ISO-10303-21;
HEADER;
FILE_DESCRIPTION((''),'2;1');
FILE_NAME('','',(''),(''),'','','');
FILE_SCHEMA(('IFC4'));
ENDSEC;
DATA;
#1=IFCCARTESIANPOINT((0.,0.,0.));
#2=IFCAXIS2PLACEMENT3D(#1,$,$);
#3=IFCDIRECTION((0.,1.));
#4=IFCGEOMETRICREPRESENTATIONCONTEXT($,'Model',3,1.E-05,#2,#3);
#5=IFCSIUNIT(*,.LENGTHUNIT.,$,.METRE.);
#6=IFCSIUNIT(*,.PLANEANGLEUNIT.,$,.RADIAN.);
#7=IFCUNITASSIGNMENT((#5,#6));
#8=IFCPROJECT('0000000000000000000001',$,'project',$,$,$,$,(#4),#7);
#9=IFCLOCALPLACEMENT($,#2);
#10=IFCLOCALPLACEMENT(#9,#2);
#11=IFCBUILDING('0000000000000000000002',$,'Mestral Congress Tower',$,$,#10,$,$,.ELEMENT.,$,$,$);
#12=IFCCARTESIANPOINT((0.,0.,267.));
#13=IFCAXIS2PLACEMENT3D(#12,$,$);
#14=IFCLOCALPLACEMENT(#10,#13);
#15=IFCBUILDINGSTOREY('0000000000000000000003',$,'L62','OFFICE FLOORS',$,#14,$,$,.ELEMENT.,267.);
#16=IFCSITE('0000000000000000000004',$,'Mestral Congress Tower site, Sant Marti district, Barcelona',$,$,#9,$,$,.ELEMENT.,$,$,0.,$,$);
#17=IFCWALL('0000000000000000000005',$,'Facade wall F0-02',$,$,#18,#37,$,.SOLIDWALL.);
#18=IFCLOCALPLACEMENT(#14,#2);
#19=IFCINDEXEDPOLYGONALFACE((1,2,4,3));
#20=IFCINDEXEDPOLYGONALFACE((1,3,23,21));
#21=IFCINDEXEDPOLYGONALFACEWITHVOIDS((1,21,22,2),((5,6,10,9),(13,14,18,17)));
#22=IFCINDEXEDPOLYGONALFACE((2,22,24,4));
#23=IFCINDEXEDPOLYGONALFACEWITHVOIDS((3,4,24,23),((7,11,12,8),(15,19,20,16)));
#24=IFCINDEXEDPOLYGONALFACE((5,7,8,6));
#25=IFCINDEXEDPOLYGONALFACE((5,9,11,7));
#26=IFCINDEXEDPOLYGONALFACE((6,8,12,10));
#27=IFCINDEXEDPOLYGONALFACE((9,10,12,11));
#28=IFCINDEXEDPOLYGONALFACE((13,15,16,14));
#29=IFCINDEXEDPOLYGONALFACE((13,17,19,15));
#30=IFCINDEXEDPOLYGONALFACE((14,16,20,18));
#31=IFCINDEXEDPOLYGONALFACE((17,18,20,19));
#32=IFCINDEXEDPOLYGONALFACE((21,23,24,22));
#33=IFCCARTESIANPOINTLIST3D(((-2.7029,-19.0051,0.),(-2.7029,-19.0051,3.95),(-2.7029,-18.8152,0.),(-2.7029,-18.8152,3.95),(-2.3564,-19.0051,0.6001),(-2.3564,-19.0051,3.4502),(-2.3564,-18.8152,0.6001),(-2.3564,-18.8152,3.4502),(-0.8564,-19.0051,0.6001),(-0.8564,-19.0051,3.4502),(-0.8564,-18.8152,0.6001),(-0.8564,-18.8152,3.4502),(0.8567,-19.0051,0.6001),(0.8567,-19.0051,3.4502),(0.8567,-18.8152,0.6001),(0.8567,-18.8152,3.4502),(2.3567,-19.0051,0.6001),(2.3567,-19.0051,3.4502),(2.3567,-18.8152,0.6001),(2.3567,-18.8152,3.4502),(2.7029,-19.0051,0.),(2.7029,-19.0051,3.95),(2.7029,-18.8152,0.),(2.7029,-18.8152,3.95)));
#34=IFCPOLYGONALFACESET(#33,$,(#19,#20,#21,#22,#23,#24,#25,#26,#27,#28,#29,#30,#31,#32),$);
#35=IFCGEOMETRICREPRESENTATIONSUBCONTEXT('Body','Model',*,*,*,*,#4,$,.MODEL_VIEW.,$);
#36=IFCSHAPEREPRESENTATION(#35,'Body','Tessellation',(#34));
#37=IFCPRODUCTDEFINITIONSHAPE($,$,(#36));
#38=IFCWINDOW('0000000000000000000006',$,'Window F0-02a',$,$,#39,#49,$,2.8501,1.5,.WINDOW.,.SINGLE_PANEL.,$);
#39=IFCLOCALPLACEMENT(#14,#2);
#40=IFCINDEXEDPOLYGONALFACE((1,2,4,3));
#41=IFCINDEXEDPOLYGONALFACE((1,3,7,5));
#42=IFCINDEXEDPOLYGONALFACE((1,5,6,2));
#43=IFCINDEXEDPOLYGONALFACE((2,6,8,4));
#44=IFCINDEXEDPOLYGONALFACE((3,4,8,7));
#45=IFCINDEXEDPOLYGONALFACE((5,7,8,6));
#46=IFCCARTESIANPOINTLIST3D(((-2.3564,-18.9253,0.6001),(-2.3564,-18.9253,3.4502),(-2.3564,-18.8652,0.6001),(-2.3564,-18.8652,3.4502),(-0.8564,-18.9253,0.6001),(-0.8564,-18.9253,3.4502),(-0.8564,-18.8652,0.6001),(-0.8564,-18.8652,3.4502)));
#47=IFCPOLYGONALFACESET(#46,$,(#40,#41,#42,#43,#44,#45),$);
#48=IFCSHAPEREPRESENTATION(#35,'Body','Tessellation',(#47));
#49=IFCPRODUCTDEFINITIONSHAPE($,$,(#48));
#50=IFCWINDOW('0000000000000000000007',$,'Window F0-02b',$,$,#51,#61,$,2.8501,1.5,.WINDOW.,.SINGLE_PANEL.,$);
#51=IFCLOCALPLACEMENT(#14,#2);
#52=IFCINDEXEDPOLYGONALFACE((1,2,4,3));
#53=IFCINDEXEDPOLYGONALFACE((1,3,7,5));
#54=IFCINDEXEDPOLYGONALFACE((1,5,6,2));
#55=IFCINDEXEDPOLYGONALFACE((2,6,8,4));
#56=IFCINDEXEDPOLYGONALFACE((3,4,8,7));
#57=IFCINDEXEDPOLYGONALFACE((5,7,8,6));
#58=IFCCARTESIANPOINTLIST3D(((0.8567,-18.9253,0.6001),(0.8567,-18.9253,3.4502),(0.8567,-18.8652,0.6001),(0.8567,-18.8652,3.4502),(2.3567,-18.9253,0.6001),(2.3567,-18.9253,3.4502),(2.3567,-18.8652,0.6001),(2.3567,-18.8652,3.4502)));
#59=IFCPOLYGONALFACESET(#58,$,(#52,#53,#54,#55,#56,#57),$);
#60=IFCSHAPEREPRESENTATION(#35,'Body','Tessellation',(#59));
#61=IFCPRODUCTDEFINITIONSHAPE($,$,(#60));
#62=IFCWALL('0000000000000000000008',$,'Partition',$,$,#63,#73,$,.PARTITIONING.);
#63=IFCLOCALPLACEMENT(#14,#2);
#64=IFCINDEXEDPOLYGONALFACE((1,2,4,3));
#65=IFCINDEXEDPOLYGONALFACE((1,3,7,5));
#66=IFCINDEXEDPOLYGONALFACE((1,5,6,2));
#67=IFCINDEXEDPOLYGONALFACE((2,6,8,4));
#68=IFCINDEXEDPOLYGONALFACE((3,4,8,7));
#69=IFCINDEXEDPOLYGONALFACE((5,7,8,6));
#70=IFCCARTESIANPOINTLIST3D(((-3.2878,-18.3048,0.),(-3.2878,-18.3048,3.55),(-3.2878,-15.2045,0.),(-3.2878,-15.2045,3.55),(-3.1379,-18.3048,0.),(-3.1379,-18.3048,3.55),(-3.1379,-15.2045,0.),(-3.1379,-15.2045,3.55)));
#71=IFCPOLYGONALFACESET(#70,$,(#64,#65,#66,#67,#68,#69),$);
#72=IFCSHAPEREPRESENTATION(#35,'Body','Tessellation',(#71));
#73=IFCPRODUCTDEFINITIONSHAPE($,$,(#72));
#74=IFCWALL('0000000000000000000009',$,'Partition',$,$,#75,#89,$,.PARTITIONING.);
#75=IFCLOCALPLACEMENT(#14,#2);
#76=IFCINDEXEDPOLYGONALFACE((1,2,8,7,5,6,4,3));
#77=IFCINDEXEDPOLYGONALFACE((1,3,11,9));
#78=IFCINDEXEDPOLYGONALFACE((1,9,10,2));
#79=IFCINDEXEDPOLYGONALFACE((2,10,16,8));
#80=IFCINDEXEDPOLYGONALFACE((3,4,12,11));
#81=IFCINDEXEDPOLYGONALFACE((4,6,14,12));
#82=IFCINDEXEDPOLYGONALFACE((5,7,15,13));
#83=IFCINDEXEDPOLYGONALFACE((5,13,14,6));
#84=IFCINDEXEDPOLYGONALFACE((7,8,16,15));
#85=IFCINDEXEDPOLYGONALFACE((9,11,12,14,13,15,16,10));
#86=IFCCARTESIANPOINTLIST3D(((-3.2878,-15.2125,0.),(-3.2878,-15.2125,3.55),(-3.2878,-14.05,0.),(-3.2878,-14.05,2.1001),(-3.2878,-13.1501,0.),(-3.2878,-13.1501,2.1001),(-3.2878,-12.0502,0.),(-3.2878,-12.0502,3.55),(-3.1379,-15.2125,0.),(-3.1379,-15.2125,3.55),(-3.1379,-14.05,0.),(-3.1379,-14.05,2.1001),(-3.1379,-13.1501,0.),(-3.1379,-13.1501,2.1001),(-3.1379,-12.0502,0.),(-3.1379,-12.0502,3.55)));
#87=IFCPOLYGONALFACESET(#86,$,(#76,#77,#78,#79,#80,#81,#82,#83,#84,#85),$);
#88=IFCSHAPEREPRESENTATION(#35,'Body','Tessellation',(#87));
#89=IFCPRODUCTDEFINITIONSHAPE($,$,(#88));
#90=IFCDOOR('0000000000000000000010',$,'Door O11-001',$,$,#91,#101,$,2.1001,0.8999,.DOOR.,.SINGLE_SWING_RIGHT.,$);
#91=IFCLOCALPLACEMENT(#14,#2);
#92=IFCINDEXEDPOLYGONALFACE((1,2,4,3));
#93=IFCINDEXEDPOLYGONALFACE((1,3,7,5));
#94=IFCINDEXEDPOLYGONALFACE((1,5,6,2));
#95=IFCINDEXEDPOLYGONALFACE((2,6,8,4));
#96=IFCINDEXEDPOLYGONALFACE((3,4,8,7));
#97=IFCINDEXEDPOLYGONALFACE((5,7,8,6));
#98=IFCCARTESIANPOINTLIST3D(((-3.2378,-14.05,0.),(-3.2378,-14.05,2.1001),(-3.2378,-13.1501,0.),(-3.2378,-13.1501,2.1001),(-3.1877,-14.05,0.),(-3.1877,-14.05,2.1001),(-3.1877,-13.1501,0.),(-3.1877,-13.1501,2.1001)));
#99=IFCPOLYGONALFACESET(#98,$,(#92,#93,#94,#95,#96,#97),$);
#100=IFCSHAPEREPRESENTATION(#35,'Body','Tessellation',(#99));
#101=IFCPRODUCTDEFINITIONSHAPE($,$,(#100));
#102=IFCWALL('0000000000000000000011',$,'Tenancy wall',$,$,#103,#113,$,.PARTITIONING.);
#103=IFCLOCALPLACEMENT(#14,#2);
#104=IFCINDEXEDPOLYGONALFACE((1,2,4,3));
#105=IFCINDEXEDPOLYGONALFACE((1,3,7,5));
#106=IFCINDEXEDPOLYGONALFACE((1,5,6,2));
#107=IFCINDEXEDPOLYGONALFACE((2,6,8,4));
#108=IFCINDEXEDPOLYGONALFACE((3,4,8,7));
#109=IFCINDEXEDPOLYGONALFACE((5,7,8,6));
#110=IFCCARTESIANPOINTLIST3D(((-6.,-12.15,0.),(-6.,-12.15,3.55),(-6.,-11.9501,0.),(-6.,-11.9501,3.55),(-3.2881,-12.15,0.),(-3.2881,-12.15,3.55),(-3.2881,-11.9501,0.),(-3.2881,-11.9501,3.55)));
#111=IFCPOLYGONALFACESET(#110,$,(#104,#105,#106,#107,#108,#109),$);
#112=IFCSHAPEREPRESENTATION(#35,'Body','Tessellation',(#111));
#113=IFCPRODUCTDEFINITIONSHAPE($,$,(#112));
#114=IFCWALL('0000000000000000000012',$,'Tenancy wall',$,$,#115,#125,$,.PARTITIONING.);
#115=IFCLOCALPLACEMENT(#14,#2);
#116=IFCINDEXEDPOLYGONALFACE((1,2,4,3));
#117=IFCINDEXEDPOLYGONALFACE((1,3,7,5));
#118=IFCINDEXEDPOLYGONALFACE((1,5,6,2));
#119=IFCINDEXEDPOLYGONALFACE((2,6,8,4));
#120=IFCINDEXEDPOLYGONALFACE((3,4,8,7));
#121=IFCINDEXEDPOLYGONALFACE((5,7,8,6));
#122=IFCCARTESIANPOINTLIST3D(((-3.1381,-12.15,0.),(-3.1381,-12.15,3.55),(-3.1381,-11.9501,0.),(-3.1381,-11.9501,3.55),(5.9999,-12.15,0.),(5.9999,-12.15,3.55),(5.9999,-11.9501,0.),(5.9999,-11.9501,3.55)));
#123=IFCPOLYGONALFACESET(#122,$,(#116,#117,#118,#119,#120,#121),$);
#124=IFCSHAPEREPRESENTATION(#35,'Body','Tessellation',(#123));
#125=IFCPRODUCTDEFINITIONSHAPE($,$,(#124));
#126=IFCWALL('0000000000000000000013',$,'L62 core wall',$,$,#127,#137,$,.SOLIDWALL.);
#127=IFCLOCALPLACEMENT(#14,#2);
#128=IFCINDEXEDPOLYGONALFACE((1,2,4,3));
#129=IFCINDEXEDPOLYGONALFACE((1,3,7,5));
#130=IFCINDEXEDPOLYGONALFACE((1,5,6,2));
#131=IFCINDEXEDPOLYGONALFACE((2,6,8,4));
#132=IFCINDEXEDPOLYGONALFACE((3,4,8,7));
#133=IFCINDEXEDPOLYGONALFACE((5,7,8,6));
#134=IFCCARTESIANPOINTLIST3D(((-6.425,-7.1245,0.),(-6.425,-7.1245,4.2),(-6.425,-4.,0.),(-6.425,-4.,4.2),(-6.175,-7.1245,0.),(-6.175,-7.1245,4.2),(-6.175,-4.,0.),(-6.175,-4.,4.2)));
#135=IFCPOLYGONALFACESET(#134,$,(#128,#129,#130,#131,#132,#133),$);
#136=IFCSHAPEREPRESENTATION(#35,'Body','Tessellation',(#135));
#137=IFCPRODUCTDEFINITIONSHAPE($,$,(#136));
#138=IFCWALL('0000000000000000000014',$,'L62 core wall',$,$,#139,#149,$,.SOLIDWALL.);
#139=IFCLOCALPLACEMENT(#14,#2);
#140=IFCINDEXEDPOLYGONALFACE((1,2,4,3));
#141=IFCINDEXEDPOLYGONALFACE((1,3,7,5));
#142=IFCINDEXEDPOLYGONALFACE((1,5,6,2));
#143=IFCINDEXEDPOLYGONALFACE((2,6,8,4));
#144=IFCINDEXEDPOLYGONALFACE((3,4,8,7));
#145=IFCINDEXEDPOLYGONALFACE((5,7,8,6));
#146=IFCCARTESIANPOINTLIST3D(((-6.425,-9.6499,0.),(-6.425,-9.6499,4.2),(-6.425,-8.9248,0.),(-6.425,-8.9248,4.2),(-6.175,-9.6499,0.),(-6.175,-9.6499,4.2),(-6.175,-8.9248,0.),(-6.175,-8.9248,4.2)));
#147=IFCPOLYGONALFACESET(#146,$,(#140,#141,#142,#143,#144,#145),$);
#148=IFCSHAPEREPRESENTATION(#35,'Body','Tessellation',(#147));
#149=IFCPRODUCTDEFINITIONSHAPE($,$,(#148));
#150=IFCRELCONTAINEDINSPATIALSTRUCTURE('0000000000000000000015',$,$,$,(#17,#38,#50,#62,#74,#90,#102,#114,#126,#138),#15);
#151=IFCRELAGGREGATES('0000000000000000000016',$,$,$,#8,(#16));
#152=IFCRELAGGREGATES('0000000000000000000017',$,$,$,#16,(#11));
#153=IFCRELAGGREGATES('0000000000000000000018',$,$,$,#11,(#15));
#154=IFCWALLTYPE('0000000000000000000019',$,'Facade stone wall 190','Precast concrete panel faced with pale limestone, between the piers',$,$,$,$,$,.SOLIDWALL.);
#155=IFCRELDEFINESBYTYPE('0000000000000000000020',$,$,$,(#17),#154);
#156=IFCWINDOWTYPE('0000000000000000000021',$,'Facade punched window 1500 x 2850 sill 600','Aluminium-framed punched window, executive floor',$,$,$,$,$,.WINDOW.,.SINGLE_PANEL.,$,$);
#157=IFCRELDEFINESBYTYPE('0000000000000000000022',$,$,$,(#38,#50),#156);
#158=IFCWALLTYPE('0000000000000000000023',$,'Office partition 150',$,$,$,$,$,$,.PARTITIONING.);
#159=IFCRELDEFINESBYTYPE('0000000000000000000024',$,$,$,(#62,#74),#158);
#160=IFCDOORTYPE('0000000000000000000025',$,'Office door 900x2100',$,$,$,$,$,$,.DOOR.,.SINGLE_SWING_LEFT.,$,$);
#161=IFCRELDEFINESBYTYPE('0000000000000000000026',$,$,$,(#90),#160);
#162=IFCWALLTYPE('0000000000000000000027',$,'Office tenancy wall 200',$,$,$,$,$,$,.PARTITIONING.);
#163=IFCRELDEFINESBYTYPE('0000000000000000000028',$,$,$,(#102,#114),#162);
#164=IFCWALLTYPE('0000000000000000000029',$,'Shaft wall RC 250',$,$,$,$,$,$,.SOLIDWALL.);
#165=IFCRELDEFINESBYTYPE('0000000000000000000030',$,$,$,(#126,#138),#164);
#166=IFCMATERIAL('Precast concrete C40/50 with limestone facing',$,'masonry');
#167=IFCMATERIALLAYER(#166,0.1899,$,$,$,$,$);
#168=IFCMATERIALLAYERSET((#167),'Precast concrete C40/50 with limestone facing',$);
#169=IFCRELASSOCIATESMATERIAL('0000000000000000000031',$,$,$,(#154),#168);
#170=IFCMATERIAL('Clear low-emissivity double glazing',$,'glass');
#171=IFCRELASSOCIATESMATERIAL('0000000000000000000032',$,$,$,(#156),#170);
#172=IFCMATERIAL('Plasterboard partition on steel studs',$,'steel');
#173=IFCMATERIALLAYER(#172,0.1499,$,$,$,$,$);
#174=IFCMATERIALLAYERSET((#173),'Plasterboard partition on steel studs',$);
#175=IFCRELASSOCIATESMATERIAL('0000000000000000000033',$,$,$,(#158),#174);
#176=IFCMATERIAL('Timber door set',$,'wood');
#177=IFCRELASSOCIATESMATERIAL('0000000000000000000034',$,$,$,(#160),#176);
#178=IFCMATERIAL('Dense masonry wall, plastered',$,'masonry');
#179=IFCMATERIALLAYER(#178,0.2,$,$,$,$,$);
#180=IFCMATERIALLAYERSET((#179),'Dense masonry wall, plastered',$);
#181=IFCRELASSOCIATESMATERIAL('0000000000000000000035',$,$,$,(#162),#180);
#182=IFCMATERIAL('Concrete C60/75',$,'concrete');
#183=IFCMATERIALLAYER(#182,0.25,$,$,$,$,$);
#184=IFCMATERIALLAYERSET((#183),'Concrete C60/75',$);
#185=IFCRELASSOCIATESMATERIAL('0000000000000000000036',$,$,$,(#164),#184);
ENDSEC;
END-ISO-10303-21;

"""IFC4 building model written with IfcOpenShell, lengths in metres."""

from ifc_helpers import new_model, si_unit, direction, frame, frame_2d, origin, place, context, subcontext, project, spatial, rectangle, extrude, material, layer, layer_set, type_object, element, fill, save


model = new_model("IFC4")

# Units and contexts
model_context = context("Model", 3, precision=1e-05, world=origin(), true_north=direction((0.0, 1.0)))
body_context = subcontext(model_context, "Body", "Model", "MODEL_VIEW")
ifc_project = project(units=[si_unit("LENGTHUNIT", "METRE"), si_unit("PLANEANGLEUNIT", "RADIAN")], contexts=[model_context])

# Site, building, storey
site_placement = place(None, origin())
site = spatial("IfcSite", under=ifc_project, at=site_placement, Name="Mestral Congress Tower site, Sant Marti district, Barcelona", CompositionType="ELEMENT", RefElevation=0.0)
building_placement = place(site_placement, origin())
building = spatial("IfcBuilding", under=site, at=building_placement, Name="Mestral Congress Tower", CompositionType="ELEMENT")
storey_placement = place(building_placement, frame((0.0, 0.0, 267.0)))
storey = spatial("IfcBuildingStorey", under=building, at=storey_placement, Name="L62", Description="OFFICE FLOORS", CompositionType="ELEMENT", Elevation=267.0)

# Shared definitions
ifc_material_1 = material(Name="Concrete C60/75", Category="concrete")

# Wall, openings, windows
ifc_material_2 = material(Name="Precast concrete C40/50 with limestone facing", Category="masonry")
ifc_layer_1 = layer(ifc_material_2, 0.1899)
ifc_layer_set_1 = layer_set([ifc_layer_1], Name="Precast concrete C40/50 with limestone facing")
wall_type_1 = type_object("IfcWallType", Name="Facade stone wall 190", Description="Precast concrete panel faced with pale limestone, between the piers", PredefinedType="SOLIDWALL", material=ifc_layer_set_1)
ifc_material_3 = material(Name="Clear low-emissivity double glazing", Category="glass")
window_type = type_object("IfcWindowType", Name="Facade punched window 1500 x 2850 sill 600", Description="Aluminium-framed punched window, executive floor", PartitioningType="SINGLE_PANEL", PredefinedType="WINDOW", material=ifc_material_3)
wall_1_placement = place(storey_placement, frame((-2.7029, -18.9102, 0.0), z_axis=(0.0, 0.0, 1.0), x_axis=(1.0, 0.0, 0.0)))
wall_1 = element("IfcWall", 1, at=wall_1_placement, inside=storey, type_object=wall_type_1, Name="Facade wall F0-02", PredefinedType="SOLIDWALL", context=body_context, shape_type="SweptSolid", body=[
    extrude(rectangle(XDim=5.4058, YDim=0.1899, at=frame_2d((2.7029, 0.0))), origin(), (0.0, 0.0, 1.0), 3.95),
])
opening_1_placement = place(wall_1_placement, frame((0.3464, 0.0, 0.6001)))
opening_1 = element("IfcOpeningElement", 2, at=opening_1_placement, cuts=wall_1, PredefinedType="OPENING", context=body_context, shape_type="SweptSolid", body=[
    extrude(rectangle(XDim=1.5, YDim=2.8501, at=frame_2d((0.75, 1.425))), frame((0.0, 0.105, 0.0), z_axis=(0.0, -1.0, 0.0), x_axis=(1.0, 0.0, 0.0)), (0.0, 0.0, 1.0), 0.21),
])
opening_2_placement = place(wall_1_placement, frame((3.5596, 0.0, 0.6001)))
opening_2 = element("IfcOpeningElement", 3, at=opening_2_placement, cuts=wall_1, PredefinedType="OPENING", context=body_context, shape_type="SweptSolid", body=[
    extrude(rectangle(XDim=1.5, YDim=2.8501, at=frame_2d((0.75, 1.425))), frame((0.0, 0.105, 0.0), z_axis=(0.0, -1.0, 0.0), x_axis=(1.0, 0.0, 0.0)), (0.0, 0.0, 1.0), 0.21),
])
window_1_placement = place(opening_1_placement, origin())
window_1 = element("IfcWindow", 4, at=window_1_placement, inside=storey, type_object=window_type, Name="Window F0-02a", OverallHeight=2.8501, OverallWidth=1.5, PartitioningType="SINGLE_PANEL", PredefinedType="WINDOW", context=body_context, shape_type="SweptSolid", body=[
    extrude(rectangle(XDim=1.5, YDim=2.8501, at=frame_2d((0.75, 1.425))), frame((0.0, 0.0449, 0.0), z_axis=(0.0, -1.0, 0.0), x_axis=(1.0, 0.0, 0.0)), (0.0, 0.0, 1.0), 0.0601),
])
fill(opening_1, window_1)
window_2_placement = place(opening_2_placement, origin())
window_2 = element("IfcWindow", 5, at=window_2_placement, inside=storey, type_object=window_type, Name="Window F0-02b", OverallHeight=2.8501, OverallWidth=1.5, PartitioningType="SINGLE_PANEL", PredefinedType="WINDOW", context=body_context, shape_type="SweptSolid", body=[
    extrude(rectangle(XDim=1.5, YDim=2.8501, at=frame_2d((0.75, 1.425))), frame((0.0, 0.0449, 0.0), z_axis=(0.0, -1.0, 0.0), x_axis=(1.0, 0.0, 0.0)), (0.0, 0.0, 1.0), 0.0601),
])
fill(opening_2, window_2)

# Wall
ifc_material_4 = material(Name="Plasterboard partition on steel studs", Category="steel")
ifc_layer_2 = layer(ifc_material_4, 0.1499)
ifc_layer_set_2 = layer_set([ifc_layer_2], Name="Plasterboard partition on steel studs")
wall_type_2 = type_object("IfcWallType", Name="Office partition 150", PredefinedType="PARTITIONING", material=ifc_layer_set_2)
wall_2_placement = place(storey_placement, frame((-3.2129, -15.2043, 0.0), z_axis=(0.0, 0.0, 1.0), x_axis=(0.0, -1.0, 0.0)))
element("IfcWall", 6, at=wall_2_placement, inside=storey, type_object=wall_type_2, Name="Partition", PredefinedType="PARTITIONING", context=body_context, shape_type="SweptSolid", body=[
    extrude(rectangle(XDim=3.1003, YDim=0.1499, at=frame_2d((1.5503, 0.0))), origin(), (0.0, 0.0, 1.0), 3.55),
])

# Wall, opening, door
wall_3_placement = place(storey_placement, frame((-3.2129, -15.2124, 0.0), z_axis=(0.0, 0.0, 1.0), x_axis=(0.0, 1.0, 0.0)))
wall_3 = element("IfcWall", 7, at=wall_3_placement, inside=storey, type_object=wall_type_2, Name="Partition", PredefinedType="PARTITIONING", context=body_context, shape_type="SweptSolid", body=[
    extrude(rectangle(XDim=3.1624, YDim=0.1499, at=frame_2d((1.5811, 0.0))), origin(), (0.0, 0.0, 1.0), 3.55),
])
opening_3_placement = place(wall_3_placement, frame((1.1624, 0.0, 0.0)))
opening_3 = element("IfcOpeningElement", 8, at=opening_3_placement, cuts=wall_3, PredefinedType="OPENING", context=body_context, shape_type="SweptSolid", body=[
    extrude(rectangle(XDim=0.8999, YDim=2.1001, at=frame_2d((0.45, 1.05))), frame((0.0, 0.085, 0.0), z_axis=(0.0, -1.0, 0.0), x_axis=(1.0, 0.0, 0.0)), (0.0, 0.0, 1.0), 0.1699),
])
ifc_material_5 = material(Name="Timber door set", Category="wood")
door_type_1 = type_object("IfcDoorType", Name="Office door 900x2100", OperationType="SINGLE_SWING_LEFT", PredefinedType="DOOR", material=ifc_material_5)
door_1_placement = place(opening_3_placement, origin())
door_1 = element("IfcDoor", 9, at=door_1_placement, inside=storey, type_object=door_type_1, Name="Door O11-001", OperationType="SINGLE_SWING_RIGHT", OverallHeight=2.1001, OverallWidth=0.8999, PredefinedType="DOOR", context=body_context, shape_type="SweptSolid", body=[
    extrude(rectangle(XDim=0.8999, YDim=2.1001, at=frame_2d((0.45, 1.05))), frame((0.0, 0.0249, 0.0), z_axis=(0.0, -1.0, 0.0), x_axis=(1.0, 0.0, 0.0)), (0.0, 0.0, 1.0), 0.05),
])
fill(opening_3, door_1)

# Walls
ifc_material_6 = material(Name="Dense masonry wall, plastered", Category="masonry")
ifc_layer_3 = layer(ifc_material_6, 0.2)
ifc_layer_set_3 = layer_set([ifc_layer_3], Name="Dense masonry wall, plastered")
wall_type_3 = type_object("IfcWallType", Name="Office tenancy wall 200", PredefinedType="PARTITIONING", material=ifc_layer_set_3)
wall_4_placement = place(storey_placement, frame((-6.0, -12.05, 0.0), z_axis=(0.0, 0.0, 1.0), x_axis=(1.0, 0.0, 0.0)))
element("IfcWall", 10, at=wall_4_placement, inside=storey, type_object=wall_type_3, Name="Tenancy wall", PredefinedType="PARTITIONING", context=body_context, shape_type="SweptSolid", body=[
    extrude(rectangle(XDim=2.7119, YDim=0.2, at=frame_2d((1.356, 0.0))), origin(), (0.0, 0.0, 1.0), 3.55),
])
wall_5_placement = place(storey_placement, frame((-3.1379, -12.05, 0.0), z_axis=(0.0, 0.0, 1.0), x_axis=(1.0, 0.0, 0.0)))
element("IfcWall", 11, at=wall_5_placement, inside=storey, type_object=wall_type_3, Name="Tenancy wall", PredefinedType="PARTITIONING", context=body_context, shape_type="SweptSolid", body=[
    extrude(rectangle(XDim=9.1379, YDim=0.2, at=frame_2d((4.5688, 0.0))), origin(), (0.0, 0.0, 1.0), 3.55),
])
ifc_layer_4 = layer(ifc_material_1, 0.25)
ifc_layer_set_4 = layer_set([ifc_layer_4], Name="Concrete C60/75")
wall_type_4 = type_object("IfcWallType", Name="Shaft wall RC 250", PredefinedType="SOLIDWALL", material=ifc_layer_set_4)
wall_6_placement = place(storey_placement, frame((-6.3, -7.1245, 0.0), z_axis=(0.0, 0.0, 1.0), x_axis=(0.0, 1.0, 0.0)))
element("IfcWall", 12, at=wall_6_placement, inside=storey, type_object=wall_type_4, Name="L62 core wall", PredefinedType="SOLIDWALL", context=body_context, shape_type="SweptSolid", body=[
    extrude(rectangle(XDim=3.1245, YDim=0.25, at=frame_2d((1.5623, 0.0))), origin(), (0.0, 0.0, 1.0), 4.2),
])
wall_7_placement = place(storey_placement, frame((-6.3, -8.9248, 0.0), z_axis=(0.0, 0.0, 1.0), x_axis=(0.0, -1.0, 0.0)))
element("IfcWall", 13, at=wall_7_placement, inside=storey, type_object=wall_type_4, Name="L62 core wall", PredefinedType="SOLIDWALL", context=body_context, shape_type="SweptSolid", body=[
    extrude(rectangle(XDim=0.7251, YDim=0.25, at=frame_2d((0.3625, 0.0))), origin(), (0.0, 0.0, 1.0), 4.2),
])

save(model, "model.ifc")
